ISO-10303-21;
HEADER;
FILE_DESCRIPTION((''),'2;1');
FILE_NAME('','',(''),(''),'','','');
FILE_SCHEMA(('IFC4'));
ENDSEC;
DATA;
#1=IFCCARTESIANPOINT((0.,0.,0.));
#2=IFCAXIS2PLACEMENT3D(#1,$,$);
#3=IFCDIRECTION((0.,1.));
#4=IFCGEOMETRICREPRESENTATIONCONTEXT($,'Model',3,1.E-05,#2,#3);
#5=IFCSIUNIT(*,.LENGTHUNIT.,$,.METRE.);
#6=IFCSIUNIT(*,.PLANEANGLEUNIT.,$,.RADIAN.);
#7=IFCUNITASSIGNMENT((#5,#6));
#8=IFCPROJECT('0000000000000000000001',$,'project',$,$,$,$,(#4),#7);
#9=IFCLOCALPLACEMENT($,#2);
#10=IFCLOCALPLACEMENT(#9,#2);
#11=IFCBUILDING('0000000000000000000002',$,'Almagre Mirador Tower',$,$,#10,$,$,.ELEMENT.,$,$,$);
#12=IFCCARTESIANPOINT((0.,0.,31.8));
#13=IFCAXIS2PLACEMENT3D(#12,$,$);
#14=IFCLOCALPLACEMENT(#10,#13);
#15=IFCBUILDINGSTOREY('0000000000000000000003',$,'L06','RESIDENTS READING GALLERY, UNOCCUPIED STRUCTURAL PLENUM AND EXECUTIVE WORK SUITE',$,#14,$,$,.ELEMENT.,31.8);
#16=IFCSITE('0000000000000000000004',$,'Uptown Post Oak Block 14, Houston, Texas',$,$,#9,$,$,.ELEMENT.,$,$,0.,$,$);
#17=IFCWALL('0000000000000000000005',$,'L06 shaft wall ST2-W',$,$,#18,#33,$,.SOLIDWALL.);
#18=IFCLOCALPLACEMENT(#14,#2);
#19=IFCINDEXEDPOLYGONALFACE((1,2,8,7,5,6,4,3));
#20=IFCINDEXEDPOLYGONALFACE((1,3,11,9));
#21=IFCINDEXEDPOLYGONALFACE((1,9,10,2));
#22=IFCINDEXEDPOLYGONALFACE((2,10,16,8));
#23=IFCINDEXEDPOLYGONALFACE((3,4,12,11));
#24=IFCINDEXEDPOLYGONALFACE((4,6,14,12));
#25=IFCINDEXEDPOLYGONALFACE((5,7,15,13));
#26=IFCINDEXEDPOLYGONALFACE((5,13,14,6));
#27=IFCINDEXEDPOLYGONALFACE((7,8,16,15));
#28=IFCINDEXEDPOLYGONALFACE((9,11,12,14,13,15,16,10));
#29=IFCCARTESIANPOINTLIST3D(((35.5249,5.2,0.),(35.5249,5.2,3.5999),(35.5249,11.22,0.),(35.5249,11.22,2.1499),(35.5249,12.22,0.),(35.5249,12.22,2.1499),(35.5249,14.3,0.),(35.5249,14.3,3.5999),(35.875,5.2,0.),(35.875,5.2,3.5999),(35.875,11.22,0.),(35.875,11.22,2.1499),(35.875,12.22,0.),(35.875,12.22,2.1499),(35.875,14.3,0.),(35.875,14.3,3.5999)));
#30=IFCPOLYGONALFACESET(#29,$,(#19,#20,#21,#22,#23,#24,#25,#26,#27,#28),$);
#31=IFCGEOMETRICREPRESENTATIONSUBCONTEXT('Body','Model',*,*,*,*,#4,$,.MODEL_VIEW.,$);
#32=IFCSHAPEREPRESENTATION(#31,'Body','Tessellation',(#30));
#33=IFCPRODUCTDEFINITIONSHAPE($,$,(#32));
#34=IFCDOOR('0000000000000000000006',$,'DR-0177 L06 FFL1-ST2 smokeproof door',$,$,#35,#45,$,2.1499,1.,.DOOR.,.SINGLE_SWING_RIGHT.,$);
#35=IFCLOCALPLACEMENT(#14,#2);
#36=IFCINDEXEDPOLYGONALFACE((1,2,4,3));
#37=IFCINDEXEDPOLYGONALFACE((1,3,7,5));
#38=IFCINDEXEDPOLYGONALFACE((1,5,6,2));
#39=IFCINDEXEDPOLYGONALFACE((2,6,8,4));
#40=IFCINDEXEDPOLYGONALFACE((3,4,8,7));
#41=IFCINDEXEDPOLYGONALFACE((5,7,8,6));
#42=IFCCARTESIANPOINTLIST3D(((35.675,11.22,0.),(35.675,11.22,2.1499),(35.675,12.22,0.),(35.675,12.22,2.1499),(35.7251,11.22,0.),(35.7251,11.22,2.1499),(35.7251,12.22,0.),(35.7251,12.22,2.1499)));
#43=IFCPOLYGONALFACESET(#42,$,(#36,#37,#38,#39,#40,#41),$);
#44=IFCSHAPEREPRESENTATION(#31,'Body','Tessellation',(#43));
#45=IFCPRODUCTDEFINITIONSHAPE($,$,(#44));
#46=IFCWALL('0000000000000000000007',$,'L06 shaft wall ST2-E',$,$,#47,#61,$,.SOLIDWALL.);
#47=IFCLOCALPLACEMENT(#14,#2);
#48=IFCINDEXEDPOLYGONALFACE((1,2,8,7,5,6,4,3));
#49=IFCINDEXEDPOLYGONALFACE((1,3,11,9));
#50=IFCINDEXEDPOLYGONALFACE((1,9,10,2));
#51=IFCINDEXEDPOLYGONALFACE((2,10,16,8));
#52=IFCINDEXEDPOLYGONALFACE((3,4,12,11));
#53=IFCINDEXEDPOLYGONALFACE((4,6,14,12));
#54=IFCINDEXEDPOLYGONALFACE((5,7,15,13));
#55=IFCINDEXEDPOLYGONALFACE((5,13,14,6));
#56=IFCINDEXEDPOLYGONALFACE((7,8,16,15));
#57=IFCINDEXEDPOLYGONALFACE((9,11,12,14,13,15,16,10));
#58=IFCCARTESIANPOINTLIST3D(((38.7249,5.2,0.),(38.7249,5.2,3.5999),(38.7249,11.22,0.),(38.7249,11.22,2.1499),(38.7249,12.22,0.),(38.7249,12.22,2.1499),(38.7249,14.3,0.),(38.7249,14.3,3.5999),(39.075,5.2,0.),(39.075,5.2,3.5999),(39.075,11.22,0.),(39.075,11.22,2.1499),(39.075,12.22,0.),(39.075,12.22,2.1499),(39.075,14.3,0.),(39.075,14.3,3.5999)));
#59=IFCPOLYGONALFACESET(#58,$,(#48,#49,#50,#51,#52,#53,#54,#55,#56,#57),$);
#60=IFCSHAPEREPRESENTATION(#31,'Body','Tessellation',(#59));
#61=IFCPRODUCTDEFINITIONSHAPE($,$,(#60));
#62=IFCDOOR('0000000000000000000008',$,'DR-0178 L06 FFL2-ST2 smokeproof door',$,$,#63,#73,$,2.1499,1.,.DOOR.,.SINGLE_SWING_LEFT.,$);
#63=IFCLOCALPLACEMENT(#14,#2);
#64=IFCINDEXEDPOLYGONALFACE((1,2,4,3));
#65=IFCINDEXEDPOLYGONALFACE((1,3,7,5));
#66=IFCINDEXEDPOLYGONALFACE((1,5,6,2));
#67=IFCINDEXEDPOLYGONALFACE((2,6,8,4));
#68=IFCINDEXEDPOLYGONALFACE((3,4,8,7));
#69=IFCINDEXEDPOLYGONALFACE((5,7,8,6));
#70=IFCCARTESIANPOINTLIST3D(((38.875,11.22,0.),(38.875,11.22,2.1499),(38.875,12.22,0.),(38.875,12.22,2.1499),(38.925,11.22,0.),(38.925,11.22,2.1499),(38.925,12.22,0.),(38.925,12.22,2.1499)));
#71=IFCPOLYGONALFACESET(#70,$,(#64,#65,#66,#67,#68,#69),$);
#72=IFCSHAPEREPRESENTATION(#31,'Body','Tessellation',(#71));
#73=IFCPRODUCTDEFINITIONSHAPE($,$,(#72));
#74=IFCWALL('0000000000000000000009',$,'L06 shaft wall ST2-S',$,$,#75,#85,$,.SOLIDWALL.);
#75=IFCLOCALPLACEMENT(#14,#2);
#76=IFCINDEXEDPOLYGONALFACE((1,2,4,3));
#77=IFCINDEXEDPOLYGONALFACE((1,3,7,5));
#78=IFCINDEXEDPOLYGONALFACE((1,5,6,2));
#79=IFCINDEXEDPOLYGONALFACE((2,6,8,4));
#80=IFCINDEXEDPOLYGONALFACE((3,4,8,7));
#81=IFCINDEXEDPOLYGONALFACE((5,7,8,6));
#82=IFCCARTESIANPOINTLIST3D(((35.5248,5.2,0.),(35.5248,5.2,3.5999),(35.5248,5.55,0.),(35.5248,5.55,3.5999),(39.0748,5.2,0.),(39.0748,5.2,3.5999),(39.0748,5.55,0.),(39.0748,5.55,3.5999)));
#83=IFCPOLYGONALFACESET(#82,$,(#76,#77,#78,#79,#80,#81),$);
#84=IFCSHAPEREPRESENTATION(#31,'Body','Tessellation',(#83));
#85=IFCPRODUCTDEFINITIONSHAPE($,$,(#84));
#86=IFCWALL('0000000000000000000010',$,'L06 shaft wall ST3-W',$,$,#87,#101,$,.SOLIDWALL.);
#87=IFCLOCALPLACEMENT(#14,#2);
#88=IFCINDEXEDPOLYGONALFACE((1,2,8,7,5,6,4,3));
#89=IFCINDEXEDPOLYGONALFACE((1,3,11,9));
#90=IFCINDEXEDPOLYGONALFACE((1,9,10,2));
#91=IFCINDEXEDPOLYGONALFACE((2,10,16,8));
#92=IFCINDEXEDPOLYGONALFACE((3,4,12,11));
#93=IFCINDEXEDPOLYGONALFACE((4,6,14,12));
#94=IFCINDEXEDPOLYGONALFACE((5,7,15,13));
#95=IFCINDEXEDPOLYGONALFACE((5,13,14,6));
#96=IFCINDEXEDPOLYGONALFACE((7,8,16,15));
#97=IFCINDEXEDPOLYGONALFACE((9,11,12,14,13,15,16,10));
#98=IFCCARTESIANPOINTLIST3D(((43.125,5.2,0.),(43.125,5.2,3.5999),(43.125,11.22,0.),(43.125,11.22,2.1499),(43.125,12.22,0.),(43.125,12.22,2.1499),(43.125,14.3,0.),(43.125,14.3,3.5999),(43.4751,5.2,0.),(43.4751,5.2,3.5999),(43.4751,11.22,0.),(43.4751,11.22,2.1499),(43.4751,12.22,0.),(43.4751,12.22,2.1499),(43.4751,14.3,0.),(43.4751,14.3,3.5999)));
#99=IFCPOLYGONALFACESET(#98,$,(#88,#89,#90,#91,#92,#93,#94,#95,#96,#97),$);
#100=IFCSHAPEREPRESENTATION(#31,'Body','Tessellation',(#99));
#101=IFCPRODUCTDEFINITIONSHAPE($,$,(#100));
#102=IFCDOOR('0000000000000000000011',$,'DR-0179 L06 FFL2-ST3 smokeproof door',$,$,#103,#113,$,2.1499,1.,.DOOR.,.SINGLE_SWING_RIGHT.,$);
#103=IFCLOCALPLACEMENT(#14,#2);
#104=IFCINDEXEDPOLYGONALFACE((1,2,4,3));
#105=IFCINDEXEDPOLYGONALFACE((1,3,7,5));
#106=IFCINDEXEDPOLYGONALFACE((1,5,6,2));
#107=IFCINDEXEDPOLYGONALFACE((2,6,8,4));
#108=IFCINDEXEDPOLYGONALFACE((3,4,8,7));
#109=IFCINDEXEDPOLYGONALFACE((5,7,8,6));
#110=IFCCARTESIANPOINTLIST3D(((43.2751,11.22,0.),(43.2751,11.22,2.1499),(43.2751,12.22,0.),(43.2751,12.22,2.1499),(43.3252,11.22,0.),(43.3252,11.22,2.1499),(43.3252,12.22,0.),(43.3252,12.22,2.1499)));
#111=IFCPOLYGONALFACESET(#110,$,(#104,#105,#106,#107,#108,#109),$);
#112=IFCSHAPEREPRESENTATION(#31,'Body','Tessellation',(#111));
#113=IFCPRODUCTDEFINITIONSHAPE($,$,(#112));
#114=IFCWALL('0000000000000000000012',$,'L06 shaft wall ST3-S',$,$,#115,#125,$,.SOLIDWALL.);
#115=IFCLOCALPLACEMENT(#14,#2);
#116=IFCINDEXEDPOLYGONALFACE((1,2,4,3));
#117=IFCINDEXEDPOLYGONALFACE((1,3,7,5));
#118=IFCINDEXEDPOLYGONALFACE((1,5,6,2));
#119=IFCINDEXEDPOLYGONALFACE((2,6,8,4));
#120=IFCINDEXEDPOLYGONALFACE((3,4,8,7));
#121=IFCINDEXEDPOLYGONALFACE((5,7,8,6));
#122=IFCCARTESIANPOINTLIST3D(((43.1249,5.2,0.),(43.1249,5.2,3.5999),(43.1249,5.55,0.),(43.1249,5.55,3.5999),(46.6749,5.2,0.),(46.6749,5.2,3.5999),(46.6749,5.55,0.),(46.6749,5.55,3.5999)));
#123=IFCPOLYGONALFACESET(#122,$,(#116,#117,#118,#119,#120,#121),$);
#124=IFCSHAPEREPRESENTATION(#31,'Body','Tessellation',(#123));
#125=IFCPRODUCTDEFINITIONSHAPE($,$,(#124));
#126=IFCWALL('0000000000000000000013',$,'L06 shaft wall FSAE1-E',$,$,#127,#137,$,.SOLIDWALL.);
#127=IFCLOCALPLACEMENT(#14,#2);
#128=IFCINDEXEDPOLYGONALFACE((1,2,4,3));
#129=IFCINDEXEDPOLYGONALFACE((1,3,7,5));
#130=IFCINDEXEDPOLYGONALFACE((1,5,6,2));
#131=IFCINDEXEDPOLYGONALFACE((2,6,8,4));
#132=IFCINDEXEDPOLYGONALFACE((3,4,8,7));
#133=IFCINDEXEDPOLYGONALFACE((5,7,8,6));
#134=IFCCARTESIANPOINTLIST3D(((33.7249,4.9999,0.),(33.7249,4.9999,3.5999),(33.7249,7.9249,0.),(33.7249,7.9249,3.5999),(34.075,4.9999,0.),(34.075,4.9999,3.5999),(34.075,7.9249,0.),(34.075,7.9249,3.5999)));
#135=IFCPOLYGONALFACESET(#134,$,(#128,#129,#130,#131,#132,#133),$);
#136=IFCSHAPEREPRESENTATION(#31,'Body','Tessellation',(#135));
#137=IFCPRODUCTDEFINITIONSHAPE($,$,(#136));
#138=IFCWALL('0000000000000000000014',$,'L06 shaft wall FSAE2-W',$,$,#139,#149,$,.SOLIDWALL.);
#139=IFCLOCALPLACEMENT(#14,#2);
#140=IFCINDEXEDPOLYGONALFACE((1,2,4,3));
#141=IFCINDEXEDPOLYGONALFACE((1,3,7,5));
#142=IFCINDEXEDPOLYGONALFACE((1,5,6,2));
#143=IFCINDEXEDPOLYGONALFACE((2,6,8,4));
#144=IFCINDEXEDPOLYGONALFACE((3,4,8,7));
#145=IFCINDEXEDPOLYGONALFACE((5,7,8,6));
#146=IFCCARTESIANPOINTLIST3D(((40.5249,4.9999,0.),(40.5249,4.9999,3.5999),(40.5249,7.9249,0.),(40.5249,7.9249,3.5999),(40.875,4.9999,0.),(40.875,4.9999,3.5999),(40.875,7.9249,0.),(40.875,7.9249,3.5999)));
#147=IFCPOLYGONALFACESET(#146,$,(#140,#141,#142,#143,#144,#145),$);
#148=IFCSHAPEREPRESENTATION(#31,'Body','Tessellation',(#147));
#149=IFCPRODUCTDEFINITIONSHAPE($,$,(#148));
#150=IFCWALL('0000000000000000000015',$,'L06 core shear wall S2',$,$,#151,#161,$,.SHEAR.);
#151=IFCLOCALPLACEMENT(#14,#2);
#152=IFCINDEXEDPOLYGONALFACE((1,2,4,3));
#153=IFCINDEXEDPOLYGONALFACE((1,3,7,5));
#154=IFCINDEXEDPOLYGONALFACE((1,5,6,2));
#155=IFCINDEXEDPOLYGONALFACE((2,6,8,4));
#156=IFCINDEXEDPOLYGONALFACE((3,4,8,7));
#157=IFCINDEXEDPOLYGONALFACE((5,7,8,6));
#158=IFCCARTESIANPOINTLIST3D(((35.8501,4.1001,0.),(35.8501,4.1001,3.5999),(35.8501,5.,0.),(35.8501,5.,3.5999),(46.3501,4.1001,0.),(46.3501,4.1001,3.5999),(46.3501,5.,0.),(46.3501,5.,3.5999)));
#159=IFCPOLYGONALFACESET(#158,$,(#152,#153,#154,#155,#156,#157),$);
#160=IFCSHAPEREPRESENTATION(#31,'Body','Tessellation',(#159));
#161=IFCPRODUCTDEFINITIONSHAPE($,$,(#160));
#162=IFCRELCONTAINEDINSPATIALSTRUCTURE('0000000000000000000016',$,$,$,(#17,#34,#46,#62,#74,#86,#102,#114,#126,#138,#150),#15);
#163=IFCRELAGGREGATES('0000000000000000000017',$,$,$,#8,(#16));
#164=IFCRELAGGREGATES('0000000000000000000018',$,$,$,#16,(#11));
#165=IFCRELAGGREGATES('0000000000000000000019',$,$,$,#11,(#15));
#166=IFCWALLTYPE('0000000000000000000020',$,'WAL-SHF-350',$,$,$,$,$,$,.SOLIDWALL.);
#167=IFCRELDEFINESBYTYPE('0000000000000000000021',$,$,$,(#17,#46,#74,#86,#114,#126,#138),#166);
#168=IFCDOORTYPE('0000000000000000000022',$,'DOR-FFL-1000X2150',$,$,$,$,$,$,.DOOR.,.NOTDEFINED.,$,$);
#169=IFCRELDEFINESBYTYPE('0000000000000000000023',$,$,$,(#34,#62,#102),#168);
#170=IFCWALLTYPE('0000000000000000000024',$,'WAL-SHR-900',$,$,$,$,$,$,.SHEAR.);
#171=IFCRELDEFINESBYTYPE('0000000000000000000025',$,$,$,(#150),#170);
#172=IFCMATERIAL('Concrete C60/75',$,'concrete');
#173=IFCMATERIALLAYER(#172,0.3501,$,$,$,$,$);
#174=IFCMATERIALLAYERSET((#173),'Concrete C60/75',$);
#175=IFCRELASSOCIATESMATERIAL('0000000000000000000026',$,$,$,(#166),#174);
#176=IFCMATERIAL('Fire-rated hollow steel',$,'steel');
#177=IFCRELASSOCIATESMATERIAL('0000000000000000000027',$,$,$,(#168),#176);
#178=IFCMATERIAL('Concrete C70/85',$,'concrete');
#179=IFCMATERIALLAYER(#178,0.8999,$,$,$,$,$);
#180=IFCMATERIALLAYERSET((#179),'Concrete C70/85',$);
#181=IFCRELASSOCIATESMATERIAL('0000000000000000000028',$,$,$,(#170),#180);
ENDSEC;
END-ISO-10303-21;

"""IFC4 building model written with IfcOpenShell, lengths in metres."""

from ifc_helpers import new_model, si_unit, direction, frame, frame_2d, origin, place, context, subcontext, project, spatial, rectangle, extrude, material, layer, layer_set, type_object, element, fill, save


model = new_model("IFC4")

# Units and contexts
model_context = context("Model", 3, precision=1e-05, world=origin(), true_north=direction((0.0, 1.0)))
body_context = subcontext(model_context, "Body", "Model", "MODEL_VIEW")
ifc_project = project(units=[si_unit("LENGTHUNIT", "METRE"), si_unit("PLANEANGLEUNIT", "RADIAN")], contexts=[model_context])

# Site, building, storey
site_placement = place(None, origin())
site = spatial("IfcSite", under=ifc_project, at=site_placement, Name="Uptown Post Oak Block 14, Houston, Texas", CompositionType="ELEMENT", RefElevation=0.0)
building_placement = place(site_placement, origin())
building = spatial("IfcBuilding", under=site, at=building_placement, Name="Almagre Mirador Tower", CompositionType="ELEMENT")
storey_placement = place(building_placement, frame((0.0, 0.0, 31.8)))
storey = spatial("IfcBuildingStorey", under=building, at=storey_placement, Name="L06", Description="RESIDENTS READING GALLERY, UNOCCUPIED STRUCTURAL PLENUM AND EXECUTIVE WORK SUITE", CompositionType="ELEMENT", Elevation=31.8)

# Walls, openings, doors
ifc_material_1 = material(Name="Concrete C60/75", Category="concrete")
ifc_layer_1 = layer(ifc_material_1, 0.3501)
ifc_layer_set_1 = layer_set([ifc_layer_1], Name="Concrete C60/75")
wall_type_1 = type_object("IfcWallType", Name="WAL-SHF-350", PredefinedType="SOLIDWALL", material=ifc_layer_set_1)
wall_1_placement = place(storey_placement, frame((35.7, 5.2, 0.0), z_axis=(0.0, 0.0, 1.0), x_axis=(0.0, 1.0, 0.0)))
wall_1 = element("IfcWall", 1, at=wall_1_placement, inside=storey, type_object=wall_type_1, Name="L06 shaft wall ST2-W", PredefinedType="SOLIDWALL", context=body_context, shape_type="SweptSolid", body=[
    extrude(rectangle(XDim=9.1001, YDim=0.3501, at=frame_2d((4.55, 0.0))), origin(), (0.0, 0.0, 1.0), 3.5999),
])
opening_1_placement = place(wall_1_placement, frame((6.02, 0.0, 0.0)))
opening_1 = element("IfcOpeningElement", 2, at=opening_1_placement, cuts=wall_1, PredefinedType="OPENING", context=body_context, shape_type="SweptSolid", body=[
    extrude(rectangle(XDim=1.0, YDim=2.1499, at=frame_2d((0.5, 1.075))), frame((0.0, 0.185, 0.0), z_axis=(0.0, -1.0, 0.0), x_axis=(1.0, 0.0, 0.0)), (0.0, 0.0, 1.0), 0.3701),
])
ifc_material_2 = material(Name="Fire-rated hollow steel", Category="steel")
door_type = type_object("IfcDoorType", Name="DOR-FFL-1000X2150", OperationType="NOTDEFINED", PredefinedType="DOOR", material=ifc_material_2)
door_1_placement = place(opening_1_placement, origin())
door_1 = element("IfcDoor", 3, at=door_1_placement, inside=storey, type_object=door_type, Name="DR-0177 L06 FFL1-ST2 smokeproof door", OperationType="SINGLE_SWING_RIGHT", OverallHeight=2.1499, OverallWidth=1.0, PredefinedType="DOOR", context=body_context, shape_type="SweptSolid", body=[
    extrude(rectangle(XDim=1.0, YDim=2.1499, at=frame_2d((0.5, 1.075))), frame((0.0, 0.0249, 0.0), z_axis=(0.0, -1.0, 0.0), x_axis=(1.0, 0.0, 0.0)), (0.0, 0.0, 1.0), 0.05),
])
fill(opening_1, door_1)
wall_2_placement = place(storey_placement, frame((38.8999, 5.2, 0.0), z_axis=(0.0, 0.0, 1.0), x_axis=(0.0, 1.0, 0.0)))
wall_2 = element("IfcWall", 4, at=wall_2_placement, inside=storey, type_object=wall_type_1, Name="L06 shaft wall ST2-E", PredefinedType="SOLIDWALL", context=body_context, shape_type="SweptSolid", body=[
    extrude(rectangle(XDim=9.1001, YDim=0.3501, at=frame_2d((4.55, 0.0))), origin(), (0.0, 0.0, 1.0), 3.5999),
])
opening_2_placement = place(wall_2_placement, frame((6.02, 0.0, 0.0)))
opening_2 = element("IfcOpeningElement", 5, at=opening_2_placement, cuts=wall_2, PredefinedType="OPENING", context=body_context, shape_type="SweptSolid", body=[
    extrude(rectangle(XDim=1.0, YDim=2.1499, at=frame_2d((0.5, 1.075))), frame((0.0, 0.185, 0.0), z_axis=(0.0, -1.0, 0.0), x_axis=(1.0, 0.0, 0.0)), (0.0, 0.0, 1.0), 0.3701),
])
door_2_placement = place(opening_2_placement, origin())
door_2 = element("IfcDoor", 6, at=door_2_placement, inside=storey, type_object=door_type, Name="DR-0178 L06 FFL2-ST2 smokeproof door", OperationType="SINGLE_SWING_LEFT", OverallHeight=2.1499, OverallWidth=1.0, PredefinedType="DOOR", context=body_context, shape_type="SweptSolid", body=[
    extrude(rectangle(XDim=1.0, YDim=2.1499, at=frame_2d((0.5, 1.075))), frame((0.0, 0.0249, 0.0), z_axis=(0.0, -1.0, 0.0), x_axis=(1.0, 0.0, 0.0)), (0.0, 0.0, 1.0), 0.05),
])
fill(opening_2, door_2)

# Wall
wall_3_placement = place(storey_placement, frame((35.5249, 5.375, 0.0), z_axis=(0.0, 0.0, 1.0), x_axis=(1.0, 0.0, 0.0)))
element("IfcWall", 7, at=wall_3_placement, inside=storey, type_object=wall_type_1, Name="L06 shaft wall ST2-S", PredefinedType="SOLIDWALL", context=body_context, shape_type="SweptSolid", body=[
    extrude(rectangle(XDim=3.55, YDim=0.3501, at=frame_2d((1.7749, 0.0))), origin(), (0.0, 0.0, 1.0), 3.5999),
])

# Wall, opening, door
wall_4_placement = place(storey_placement, frame((43.3, 5.2, 0.0), z_axis=(0.0, 0.0, 1.0), x_axis=(0.0, 1.0, 0.0)))
wall_4 = element("IfcWall", 8, at=wall_4_placement, inside=storey, type_object=wall_type_1, Name="L06 shaft wall ST3-W", PredefinedType="SOLIDWALL", context=body_context, shape_type="SweptSolid", body=[
    extrude(rectangle(XDim=9.1001, YDim=0.3501, at=frame_2d((4.55, 0.0))), origin(), (0.0, 0.0, 1.0), 3.5999),
])
opening_3_placement = place(wall_4_placement, frame((6.02, 0.0, 0.0)))
opening_3 = element("IfcOpeningElement", 9, at=opening_3_placement, cuts=wall_4, PredefinedType="OPENING", context=body_context, shape_type="SweptSolid", body=[
    extrude(rectangle(XDim=1.0, YDim=2.1499, at=frame_2d((0.5, 1.075))), frame((0.0, 0.185, 0.0), z_axis=(0.0, -1.0, 0.0), x_axis=(1.0, 0.0, 0.0)), (0.0, 0.0, 1.0), 0.3701),
])
door_3_placement = place(opening_3_placement, origin())
door_3 = element("IfcDoor", 10, at=door_3_placement, inside=storey, type_object=door_type, Name="DR-0179 L06 FFL2-ST3 smokeproof door", OperationType="SINGLE_SWING_RIGHT", OverallHeight=2.1499, OverallWidth=1.0, PredefinedType="DOOR", context=body_context, shape_type="SweptSolid", body=[
    extrude(rectangle(XDim=1.0, YDim=2.1499, at=frame_2d((0.5, 1.075))), frame((0.0, 0.0249, 0.0), z_axis=(0.0, -1.0, 0.0), x_axis=(1.0, 0.0, 0.0)), (0.0, 0.0, 1.0), 0.05),
])
fill(opening_3, door_3)

# Walls
wall_5_placement = place(storey_placement, frame((43.125, 5.375, 0.0), z_axis=(0.0, 0.0, 1.0), x_axis=(1.0, 0.0, 0.0)))
element("IfcWall", 11, at=wall_5_placement, inside=storey, type_object=wall_type_1, Name="L06 shaft wall ST3-S", PredefinedType="SOLIDWALL", context=body_context, shape_type="SweptSolid", body=[
    extrude(rectangle(XDim=3.55, YDim=0.3501, at=frame_2d((1.7749, 0.0))), origin(), (0.0, 0.0, 1.0), 3.5999),
])
for number, where, z_axis, x_axis, name in (
    (12, (33.8999, 5.0, 0.0), (0.0, 0.0, 1.0), (0.0, 1.0, 0.0), "L06 shaft wall FSAE1-E"),
    (13, (40.7, 5.0, 0.0), (0.0, 0.0, 1.0), (0.0, 1.0, 0.0), "L06 shaft wall FSAE2-W"),
):
    element("IfcWall", number, at=place(storey_placement, frame(where, z_axis=z_axis, x_axis=x_axis)), inside=storey, type_object=wall_type_1, Name=name, PredefinedType="SOLIDWALL", context=body_context, shape_type="SweptSolid", body=[
        extrude(rectangle(XDim=2.925, YDim=0.3501, at=frame_2d((1.4624, 0.0))), origin(), (0.0, 0.0, 1.0), 3.5999),
    ])
ifc_material_3 = material(Name="Concrete C70/85", Category="concrete")
ifc_layer_2 = layer(ifc_material_3, 0.8999)
ifc_layer_set_2 = layer_set([ifc_layer_2], Name="Concrete C70/85")
wall_type_2 = type_object("IfcWallType", Name="WAL-SHR-900", PredefinedType="SHEAR", material=ifc_layer_set_2)
wall_6_placement = place(storey_placement, frame((35.8501, 4.55, 0.0), z_axis=(0.0, 0.0, 1.0), x_axis=(1.0, 0.0, 0.0)))
element("IfcWall", 14, at=wall_6_placement, inside=storey, type_object=wall_type_2, Name="L06 core shear wall S2", PredefinedType="SHEAR", context=body_context, shape_type="SweptSolid", body=[
    extrude(rectangle(XDim=10.5, YDim=0.8999, at=frame_2d((5.25, 0.0))), origin(), (0.0, 0.0, 1.0), 3.5999),
])

save(model, "model.ifc")
